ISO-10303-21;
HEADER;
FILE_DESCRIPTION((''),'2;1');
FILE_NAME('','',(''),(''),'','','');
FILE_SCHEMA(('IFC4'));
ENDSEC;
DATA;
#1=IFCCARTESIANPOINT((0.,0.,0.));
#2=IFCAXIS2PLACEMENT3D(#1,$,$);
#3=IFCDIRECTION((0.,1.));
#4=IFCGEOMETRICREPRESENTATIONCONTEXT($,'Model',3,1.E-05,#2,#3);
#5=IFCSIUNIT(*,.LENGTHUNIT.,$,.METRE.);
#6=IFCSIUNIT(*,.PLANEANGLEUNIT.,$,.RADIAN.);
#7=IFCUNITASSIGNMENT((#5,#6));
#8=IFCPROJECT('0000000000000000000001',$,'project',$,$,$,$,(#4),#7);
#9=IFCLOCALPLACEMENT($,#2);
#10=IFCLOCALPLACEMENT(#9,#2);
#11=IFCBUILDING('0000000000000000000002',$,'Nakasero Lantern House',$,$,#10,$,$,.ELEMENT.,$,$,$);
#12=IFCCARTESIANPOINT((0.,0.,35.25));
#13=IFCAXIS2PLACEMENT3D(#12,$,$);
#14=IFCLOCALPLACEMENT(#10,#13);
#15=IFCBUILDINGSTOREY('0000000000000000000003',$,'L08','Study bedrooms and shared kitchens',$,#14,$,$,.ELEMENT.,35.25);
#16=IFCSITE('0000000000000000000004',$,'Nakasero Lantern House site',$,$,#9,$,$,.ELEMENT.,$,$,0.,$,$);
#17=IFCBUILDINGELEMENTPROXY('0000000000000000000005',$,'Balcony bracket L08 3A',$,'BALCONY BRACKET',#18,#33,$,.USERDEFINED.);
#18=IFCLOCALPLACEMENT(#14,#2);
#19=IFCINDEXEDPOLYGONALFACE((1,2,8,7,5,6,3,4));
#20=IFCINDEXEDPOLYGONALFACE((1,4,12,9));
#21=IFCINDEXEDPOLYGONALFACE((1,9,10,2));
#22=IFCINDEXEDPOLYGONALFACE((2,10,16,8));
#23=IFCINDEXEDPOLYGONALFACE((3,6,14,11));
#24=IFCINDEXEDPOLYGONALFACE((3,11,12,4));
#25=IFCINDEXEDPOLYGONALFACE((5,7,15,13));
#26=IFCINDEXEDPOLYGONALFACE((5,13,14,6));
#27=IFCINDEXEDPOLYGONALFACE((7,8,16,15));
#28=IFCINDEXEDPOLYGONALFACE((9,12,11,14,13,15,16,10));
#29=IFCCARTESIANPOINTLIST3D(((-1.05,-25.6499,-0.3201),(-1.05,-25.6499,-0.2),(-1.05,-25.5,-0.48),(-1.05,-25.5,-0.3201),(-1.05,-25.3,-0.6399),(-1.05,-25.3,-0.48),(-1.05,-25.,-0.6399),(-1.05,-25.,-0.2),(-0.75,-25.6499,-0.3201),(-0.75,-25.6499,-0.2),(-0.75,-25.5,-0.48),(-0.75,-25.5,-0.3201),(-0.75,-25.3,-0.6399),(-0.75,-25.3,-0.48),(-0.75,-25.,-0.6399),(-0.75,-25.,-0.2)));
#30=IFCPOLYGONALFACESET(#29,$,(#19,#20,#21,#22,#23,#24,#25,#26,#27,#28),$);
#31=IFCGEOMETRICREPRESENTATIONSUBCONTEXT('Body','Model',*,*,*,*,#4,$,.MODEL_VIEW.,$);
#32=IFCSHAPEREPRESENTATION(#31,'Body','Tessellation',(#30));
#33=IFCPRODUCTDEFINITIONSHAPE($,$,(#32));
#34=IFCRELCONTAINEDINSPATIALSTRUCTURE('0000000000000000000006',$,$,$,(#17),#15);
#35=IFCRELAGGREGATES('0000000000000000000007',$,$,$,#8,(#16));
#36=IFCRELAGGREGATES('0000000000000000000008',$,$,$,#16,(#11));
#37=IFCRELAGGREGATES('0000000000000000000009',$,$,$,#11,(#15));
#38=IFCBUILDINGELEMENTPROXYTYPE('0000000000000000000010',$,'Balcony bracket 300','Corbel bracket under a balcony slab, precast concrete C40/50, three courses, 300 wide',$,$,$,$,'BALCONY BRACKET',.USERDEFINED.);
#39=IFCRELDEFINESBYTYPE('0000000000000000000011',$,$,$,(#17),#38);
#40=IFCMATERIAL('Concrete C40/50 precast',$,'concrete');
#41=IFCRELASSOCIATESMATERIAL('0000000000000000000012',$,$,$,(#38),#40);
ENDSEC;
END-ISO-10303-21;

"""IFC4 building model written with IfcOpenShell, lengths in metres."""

from ifc_helpers import new_model, si_unit, direction, frame, origin, place, context, subcontext, project, spatial, polyline, outline, extrude, material, type_object, element, save


model = new_model("IFC4")

# Units and contexts
model_context = context("Model", 3, precision=1e-05, world=origin(), true_north=direction((0.0, 1.0)))
body_context = subcontext(model_context, "Body", "Model", "MODEL_VIEW")
ifc_project = project(units=[si_unit("LENGTHUNIT", "METRE"), si_unit("PLANEANGLEUNIT", "RADIAN")], contexts=[model_context])

# Site, building, storey
site_placement = place(None, origin())
site = spatial("IfcSite", under=ifc_project, at=site_placement, Name="Nakasero Lantern House site", CompositionType="ELEMENT", RefElevation=0.0)
building_placement = place(site_placement, origin())
building = spatial("IfcBuilding", under=site, at=building_placement, Name="Nakasero Lantern House", CompositionType="ELEMENT")
storey_placement = place(building_placement, frame((0.0, 0.0, 35.25)))
storey = spatial("IfcBuildingStorey", under=building, at=storey_placement, Name="L08", Description="Study bedrooms and shared kitchens", CompositionType="ELEMENT", Elevation=35.25)

# Building element proxy
ifc_material_1 = material(Name="Concrete C40/50 precast", Category="concrete")
building_element_proxy_type = type_object("IfcBuildingElementProxyType", Name="Balcony bracket 300", Description="Corbel bracket under a balcony slab, precast concrete C40/50, three courses, 300 wide", ElementType="BALCONY BRACKET", PredefinedType="USERDEFINED", material=ifc_material_1)
proxy_placement = place(storey_placement, frame((-0.8999, -25.0, -0.2), z_axis=(0.0, 0.0, 1.0), x_axis=(0.0, -1.0, 0.0)))
element("IfcBuildingElementProxy", 1, at=proxy_placement, inside=storey, type_object=building_element_proxy_type, Name="Balcony bracket L08 3A", ObjectType="BALCONY BRACKET", PredefinedType="USERDEFINED", context=body_context, shape_type="SweptSolid", body=[
    extrude(outline(polyline([(0.0, 0.0), (0.6499, 0.0), (0.6499, -0.1201), (0.5, -0.1201), (0.5, -0.28), (0.3, -0.28), (0.3, -0.4399), (0.0, -0.4399), (0.0, 0.0)])), frame((0.0, 0.1499, 0.0), z_axis=(0.0, -1.0, 0.0), x_axis=(1.0, 0.0, 0.0)), (0.0, 0.0, 1.0), 0.3),
])

save(model, "model.ifc")
